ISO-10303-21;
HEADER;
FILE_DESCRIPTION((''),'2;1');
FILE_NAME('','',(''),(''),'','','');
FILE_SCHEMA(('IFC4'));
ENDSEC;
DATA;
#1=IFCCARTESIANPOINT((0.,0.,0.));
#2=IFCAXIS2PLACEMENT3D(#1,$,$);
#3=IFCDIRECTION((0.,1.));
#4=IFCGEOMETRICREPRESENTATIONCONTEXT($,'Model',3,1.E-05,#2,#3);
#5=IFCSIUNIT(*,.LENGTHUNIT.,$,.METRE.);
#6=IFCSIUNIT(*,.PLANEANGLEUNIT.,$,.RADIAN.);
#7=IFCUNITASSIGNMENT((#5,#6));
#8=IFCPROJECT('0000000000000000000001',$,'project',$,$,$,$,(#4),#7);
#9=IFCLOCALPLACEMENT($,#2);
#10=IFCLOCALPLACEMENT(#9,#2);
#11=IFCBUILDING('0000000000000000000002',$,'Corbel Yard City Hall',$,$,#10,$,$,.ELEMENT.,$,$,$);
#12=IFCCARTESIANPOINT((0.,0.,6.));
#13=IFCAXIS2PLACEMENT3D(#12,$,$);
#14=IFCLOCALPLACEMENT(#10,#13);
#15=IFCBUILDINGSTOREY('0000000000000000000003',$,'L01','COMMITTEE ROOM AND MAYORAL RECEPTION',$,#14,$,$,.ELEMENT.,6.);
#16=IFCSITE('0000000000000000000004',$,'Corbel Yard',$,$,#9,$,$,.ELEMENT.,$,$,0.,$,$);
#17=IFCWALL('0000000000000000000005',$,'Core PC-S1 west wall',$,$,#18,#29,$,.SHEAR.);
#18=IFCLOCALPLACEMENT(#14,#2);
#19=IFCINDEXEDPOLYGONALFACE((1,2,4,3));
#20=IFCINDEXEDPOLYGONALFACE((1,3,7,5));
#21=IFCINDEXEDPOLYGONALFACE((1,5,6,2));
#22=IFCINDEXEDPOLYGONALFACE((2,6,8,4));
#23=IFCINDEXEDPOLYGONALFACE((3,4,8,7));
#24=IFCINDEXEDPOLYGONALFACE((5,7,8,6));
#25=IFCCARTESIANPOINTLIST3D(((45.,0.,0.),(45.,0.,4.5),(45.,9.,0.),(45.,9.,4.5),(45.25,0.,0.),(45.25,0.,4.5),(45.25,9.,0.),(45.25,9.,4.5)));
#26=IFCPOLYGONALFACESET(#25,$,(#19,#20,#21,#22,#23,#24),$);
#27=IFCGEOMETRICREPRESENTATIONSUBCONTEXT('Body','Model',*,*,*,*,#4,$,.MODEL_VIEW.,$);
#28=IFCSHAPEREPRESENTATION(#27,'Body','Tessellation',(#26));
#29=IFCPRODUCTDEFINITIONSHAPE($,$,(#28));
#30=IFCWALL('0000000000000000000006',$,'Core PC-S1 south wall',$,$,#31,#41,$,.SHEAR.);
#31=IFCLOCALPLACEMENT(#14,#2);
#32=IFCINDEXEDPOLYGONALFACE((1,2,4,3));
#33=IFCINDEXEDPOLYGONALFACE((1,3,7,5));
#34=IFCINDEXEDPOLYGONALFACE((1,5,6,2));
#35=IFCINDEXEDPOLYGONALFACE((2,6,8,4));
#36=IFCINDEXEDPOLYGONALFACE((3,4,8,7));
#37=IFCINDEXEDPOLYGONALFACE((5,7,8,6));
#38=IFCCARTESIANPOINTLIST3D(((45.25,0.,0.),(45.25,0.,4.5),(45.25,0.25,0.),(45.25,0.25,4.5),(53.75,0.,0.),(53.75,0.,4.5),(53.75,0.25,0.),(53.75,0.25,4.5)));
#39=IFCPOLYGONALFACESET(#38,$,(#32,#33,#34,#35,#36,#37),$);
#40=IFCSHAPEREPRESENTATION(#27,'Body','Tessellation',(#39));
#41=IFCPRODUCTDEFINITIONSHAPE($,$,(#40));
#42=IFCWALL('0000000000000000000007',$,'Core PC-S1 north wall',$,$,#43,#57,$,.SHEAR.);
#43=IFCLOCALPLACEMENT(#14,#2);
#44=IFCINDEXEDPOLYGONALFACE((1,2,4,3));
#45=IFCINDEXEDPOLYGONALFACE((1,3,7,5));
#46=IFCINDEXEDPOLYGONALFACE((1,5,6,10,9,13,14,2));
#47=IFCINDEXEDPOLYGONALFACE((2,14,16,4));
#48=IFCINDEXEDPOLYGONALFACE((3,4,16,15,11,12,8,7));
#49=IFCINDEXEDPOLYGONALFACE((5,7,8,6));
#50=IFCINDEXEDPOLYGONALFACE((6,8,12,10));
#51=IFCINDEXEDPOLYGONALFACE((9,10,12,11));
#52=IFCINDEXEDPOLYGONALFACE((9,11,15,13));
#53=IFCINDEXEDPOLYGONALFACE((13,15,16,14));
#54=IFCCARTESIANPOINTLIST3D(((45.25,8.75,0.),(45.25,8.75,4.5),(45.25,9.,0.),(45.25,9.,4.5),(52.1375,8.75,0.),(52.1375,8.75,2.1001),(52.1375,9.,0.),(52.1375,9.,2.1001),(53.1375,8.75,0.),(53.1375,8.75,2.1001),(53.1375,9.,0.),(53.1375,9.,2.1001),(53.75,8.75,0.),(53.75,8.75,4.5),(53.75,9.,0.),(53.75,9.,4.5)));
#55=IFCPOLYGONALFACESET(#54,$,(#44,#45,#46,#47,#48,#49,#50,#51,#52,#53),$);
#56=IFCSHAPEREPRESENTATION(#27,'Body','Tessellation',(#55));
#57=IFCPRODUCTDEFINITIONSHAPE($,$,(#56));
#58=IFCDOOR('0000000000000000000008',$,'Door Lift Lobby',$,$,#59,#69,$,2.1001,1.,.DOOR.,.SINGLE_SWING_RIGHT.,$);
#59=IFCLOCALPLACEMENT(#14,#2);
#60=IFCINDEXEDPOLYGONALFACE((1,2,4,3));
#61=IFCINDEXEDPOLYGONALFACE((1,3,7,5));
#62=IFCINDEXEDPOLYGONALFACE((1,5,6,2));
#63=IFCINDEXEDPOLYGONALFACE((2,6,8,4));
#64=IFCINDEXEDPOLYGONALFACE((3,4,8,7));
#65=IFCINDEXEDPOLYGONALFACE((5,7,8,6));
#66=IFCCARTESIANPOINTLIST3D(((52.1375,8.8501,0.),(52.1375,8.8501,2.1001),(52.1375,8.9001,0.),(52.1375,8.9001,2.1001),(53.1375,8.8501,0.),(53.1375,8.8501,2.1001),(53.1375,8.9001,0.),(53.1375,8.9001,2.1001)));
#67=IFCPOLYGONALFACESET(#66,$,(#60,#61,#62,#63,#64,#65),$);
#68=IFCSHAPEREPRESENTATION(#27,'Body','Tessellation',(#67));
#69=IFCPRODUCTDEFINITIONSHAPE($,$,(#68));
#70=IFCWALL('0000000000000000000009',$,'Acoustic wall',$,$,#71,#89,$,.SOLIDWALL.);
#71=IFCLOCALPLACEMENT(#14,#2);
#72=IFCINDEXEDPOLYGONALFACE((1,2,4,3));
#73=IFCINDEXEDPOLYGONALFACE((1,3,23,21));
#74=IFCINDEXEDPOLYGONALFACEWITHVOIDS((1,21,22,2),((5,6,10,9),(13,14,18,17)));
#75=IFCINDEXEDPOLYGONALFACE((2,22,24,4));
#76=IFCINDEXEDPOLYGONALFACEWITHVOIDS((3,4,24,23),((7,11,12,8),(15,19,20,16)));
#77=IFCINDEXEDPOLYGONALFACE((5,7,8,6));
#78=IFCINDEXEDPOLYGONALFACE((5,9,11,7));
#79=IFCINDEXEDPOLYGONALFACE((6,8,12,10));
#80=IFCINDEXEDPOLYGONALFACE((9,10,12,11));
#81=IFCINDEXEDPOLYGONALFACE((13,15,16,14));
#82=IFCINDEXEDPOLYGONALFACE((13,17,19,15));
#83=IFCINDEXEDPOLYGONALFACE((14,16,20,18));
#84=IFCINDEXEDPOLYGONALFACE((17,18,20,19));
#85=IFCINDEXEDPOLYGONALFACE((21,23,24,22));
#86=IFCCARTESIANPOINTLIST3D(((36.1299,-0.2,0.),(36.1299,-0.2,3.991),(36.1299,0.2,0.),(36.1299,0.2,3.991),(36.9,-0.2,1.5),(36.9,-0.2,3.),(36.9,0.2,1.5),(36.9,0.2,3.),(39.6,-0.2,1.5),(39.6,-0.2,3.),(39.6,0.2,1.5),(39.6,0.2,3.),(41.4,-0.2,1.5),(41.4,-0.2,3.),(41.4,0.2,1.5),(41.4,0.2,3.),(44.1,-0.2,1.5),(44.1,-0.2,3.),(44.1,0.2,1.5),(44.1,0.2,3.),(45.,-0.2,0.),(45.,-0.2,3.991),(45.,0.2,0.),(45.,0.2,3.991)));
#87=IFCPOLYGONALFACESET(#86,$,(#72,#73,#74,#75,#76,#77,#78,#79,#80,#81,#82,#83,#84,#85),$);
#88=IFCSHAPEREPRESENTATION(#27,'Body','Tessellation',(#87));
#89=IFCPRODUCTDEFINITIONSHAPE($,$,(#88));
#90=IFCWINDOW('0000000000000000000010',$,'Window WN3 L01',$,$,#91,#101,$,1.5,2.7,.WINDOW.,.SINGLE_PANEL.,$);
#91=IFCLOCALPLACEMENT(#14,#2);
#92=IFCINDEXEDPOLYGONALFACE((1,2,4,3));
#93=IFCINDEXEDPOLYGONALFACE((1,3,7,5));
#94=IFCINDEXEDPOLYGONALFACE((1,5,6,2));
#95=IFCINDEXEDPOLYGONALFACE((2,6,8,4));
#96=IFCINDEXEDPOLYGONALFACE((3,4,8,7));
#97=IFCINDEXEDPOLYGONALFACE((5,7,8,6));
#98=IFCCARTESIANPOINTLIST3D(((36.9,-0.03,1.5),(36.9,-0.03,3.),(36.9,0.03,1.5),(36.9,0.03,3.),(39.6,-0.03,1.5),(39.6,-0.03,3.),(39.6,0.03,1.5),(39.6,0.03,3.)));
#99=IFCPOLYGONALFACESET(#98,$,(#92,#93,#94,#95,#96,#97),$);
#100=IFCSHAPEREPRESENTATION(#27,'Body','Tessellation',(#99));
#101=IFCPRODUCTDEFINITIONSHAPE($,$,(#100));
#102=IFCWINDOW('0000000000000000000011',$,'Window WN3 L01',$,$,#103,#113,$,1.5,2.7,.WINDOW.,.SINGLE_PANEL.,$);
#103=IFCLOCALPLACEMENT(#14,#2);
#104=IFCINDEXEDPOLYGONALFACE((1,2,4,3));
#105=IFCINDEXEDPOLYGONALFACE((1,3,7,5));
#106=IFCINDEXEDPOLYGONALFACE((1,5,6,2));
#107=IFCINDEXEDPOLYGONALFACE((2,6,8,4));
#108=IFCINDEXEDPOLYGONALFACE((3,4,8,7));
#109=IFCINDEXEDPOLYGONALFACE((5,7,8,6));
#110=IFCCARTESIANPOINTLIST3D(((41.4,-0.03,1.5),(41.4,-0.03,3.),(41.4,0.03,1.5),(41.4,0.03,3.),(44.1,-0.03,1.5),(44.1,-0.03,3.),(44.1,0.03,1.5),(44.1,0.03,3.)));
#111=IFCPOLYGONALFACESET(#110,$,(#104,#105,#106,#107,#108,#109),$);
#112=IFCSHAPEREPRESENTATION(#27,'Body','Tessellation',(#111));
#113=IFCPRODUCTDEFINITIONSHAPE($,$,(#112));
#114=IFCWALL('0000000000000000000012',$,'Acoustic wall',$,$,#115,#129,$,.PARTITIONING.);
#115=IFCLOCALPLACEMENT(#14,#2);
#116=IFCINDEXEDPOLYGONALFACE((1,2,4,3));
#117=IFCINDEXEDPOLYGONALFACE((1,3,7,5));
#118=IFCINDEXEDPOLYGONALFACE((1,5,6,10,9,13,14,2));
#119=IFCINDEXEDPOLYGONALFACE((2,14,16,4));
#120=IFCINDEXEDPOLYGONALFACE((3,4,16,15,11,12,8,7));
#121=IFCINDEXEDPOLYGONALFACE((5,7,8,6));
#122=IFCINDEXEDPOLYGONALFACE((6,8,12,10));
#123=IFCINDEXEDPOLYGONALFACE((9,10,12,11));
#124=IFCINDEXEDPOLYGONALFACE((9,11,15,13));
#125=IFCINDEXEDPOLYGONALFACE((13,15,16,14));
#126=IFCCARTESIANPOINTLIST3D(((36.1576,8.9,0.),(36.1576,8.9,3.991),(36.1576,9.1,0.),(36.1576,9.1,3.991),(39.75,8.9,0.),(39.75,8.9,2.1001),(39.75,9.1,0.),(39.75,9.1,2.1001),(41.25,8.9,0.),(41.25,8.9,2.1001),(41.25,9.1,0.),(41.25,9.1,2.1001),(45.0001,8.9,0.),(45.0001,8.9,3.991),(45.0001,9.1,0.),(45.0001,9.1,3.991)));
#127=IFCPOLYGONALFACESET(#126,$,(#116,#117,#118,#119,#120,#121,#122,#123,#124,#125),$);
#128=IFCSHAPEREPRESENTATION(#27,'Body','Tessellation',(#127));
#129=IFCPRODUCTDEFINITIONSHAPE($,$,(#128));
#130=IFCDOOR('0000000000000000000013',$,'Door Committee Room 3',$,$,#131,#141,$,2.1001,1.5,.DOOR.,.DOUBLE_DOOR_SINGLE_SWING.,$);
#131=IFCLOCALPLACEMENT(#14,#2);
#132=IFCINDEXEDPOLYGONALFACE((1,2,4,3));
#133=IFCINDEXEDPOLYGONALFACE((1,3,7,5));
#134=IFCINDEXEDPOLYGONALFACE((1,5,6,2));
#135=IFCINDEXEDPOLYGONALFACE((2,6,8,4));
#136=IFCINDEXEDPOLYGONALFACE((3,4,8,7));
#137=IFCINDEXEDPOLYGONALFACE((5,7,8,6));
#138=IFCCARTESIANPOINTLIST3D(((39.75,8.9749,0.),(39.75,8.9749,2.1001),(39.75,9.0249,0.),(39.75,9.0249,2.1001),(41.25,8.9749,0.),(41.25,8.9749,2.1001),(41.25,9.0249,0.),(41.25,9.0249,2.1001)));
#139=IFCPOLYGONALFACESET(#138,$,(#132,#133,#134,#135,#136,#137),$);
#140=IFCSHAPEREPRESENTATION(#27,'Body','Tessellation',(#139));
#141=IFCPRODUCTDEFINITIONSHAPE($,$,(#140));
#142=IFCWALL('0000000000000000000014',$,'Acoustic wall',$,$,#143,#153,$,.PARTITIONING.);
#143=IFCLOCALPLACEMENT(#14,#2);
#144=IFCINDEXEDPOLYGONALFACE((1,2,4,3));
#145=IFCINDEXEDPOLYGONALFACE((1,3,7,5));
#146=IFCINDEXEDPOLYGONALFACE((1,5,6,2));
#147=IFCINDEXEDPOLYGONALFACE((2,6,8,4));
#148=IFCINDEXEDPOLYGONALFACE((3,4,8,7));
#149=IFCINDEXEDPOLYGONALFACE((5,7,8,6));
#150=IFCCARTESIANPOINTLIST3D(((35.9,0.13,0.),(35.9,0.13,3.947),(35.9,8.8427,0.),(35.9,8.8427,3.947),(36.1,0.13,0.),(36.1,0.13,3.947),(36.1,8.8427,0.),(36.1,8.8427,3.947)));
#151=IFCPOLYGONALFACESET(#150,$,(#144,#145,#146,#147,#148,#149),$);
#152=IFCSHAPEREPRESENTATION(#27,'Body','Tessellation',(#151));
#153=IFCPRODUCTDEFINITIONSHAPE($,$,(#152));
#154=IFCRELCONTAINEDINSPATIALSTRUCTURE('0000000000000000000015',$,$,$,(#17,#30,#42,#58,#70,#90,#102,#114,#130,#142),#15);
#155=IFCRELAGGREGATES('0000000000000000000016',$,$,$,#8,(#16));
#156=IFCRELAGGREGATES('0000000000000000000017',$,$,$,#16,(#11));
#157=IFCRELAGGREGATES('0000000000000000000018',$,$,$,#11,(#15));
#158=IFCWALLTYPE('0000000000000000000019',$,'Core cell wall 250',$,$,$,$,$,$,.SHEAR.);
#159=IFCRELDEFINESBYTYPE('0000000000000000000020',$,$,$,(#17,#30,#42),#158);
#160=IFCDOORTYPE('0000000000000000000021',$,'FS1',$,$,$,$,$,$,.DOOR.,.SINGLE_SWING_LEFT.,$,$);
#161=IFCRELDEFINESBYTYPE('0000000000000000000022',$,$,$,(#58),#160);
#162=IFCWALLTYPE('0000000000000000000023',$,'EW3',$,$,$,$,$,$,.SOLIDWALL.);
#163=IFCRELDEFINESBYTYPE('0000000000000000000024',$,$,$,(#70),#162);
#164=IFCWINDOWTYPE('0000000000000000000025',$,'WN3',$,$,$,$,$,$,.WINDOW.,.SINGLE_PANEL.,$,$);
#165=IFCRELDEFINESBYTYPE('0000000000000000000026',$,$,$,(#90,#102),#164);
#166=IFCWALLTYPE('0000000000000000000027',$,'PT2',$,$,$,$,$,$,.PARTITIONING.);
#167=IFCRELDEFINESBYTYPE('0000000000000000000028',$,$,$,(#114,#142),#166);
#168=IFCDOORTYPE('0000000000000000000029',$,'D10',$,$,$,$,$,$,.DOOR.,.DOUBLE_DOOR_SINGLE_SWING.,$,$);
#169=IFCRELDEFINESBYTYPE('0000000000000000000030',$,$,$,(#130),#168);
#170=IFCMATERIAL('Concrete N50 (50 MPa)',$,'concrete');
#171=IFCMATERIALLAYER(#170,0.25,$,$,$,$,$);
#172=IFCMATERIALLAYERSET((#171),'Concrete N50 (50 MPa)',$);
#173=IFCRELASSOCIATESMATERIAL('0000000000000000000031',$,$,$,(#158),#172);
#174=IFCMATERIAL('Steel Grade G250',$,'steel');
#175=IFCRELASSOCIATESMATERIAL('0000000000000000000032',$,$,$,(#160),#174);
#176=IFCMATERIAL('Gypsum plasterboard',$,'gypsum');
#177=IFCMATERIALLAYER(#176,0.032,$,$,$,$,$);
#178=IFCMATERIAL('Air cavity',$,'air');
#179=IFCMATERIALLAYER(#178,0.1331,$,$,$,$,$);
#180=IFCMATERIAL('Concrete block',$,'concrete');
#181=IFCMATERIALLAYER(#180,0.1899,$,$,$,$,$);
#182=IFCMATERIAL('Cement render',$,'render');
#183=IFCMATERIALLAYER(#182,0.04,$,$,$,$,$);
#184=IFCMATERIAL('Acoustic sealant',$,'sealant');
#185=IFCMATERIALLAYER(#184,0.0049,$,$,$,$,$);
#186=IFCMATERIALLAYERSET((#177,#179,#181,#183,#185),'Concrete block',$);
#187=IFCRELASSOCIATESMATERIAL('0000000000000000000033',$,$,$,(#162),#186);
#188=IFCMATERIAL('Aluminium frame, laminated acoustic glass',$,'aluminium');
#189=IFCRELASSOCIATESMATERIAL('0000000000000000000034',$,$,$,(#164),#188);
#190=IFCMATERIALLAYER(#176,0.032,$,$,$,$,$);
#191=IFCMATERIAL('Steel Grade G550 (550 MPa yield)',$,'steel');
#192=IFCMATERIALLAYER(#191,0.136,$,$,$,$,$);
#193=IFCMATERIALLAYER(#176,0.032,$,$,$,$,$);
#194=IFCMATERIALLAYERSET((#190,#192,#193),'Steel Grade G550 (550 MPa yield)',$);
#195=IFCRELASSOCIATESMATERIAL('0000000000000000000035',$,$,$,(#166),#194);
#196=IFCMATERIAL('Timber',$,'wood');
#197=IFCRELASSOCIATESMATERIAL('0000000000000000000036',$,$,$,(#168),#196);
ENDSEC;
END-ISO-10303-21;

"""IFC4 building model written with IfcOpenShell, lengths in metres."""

from ifc_helpers import new_model, si_unit, direction, frame, frame_2d, origin, place, context, subcontext, project, spatial, rectangle, extrude, material, layer, layer_set, type_object, element, fill, save


model = new_model("IFC4")

# Units and contexts
model_context = context("Model", 3, precision=1e-05, world=origin(), true_north=direction((0.0, 1.0)))
body_context = subcontext(model_context, "Body", "Model", "MODEL_VIEW")
ifc_project = project(units=[si_unit("LENGTHUNIT", "METRE"), si_unit("PLANEANGLEUNIT", "RADIAN")], contexts=[model_context])

# Site, building, storey
site_placement = place(None, origin())
site = spatial("IfcSite", under=ifc_project, at=site_placement, Name="Corbel Yard", CompositionType="ELEMENT", RefElevation=0.0)
building_placement = place(site_placement, origin())
building = spatial("IfcBuilding", under=site, at=building_placement, Name="Corbel Yard City Hall", CompositionType="ELEMENT")
storey_placement = place(building_placement, frame((0.0, 0.0, 6.0)))
storey = spatial("IfcBuildingStorey", under=building, at=storey_placement, Name="L01", Description="COMMITTEE ROOM AND MAYORAL RECEPTION", CompositionType="ELEMENT", Elevation=6.0)

# Walls
ifc_material_1 = material(Name="Concrete N50 (50 MPa)", Category="concrete")
ifc_layer_1 = layer(ifc_material_1, 0.25)
ifc_layer_set_1 = layer_set([ifc_layer_1], Name="Concrete N50 (50 MPa)")
wall_type_1 = type_object("IfcWallType", Name="Core cell wall 250", PredefinedType="SHEAR", material=ifc_layer_set_1)
wall_1_placement = place(storey_placement, frame((45.125, 0.0, 0.0), z_axis=(0.0, 0.0, 1.0), x_axis=(0.0, 1.0, 0.0)))
element("IfcWall", 1, at=wall_1_placement, inside=storey, type_object=wall_type_1, Name="Core PC-S1 west wall", PredefinedType="SHEAR", context=body_context, shape_type="SweptSolid", body=[
    extrude(rectangle(XDim=9.0, YDim=0.25, at=frame_2d((4.5, 0.0))), origin(), (0.0, 0.0, 1.0), 4.5),
])
wall_2_placement = place(storey_placement, frame((45.25, 0.125, 0.0), z_axis=(0.0, 0.0, 1.0), x_axis=(1.0, 0.0, 0.0)))
element("IfcWall", 2, at=wall_2_placement, inside=storey, type_object=wall_type_1, Name="Core PC-S1 south wall", PredefinedType="SHEAR", context=body_context, shape_type="SweptSolid", body=[
    extrude(rectangle(XDim=8.5, YDim=0.25, at=frame_2d((4.25, 0.0))), origin(), (0.0, 0.0, 1.0), 4.5),
])

# Wall, opening, door
wall_3_placement = place(storey_placement, frame((45.25, 8.875, 0.0), z_axis=(0.0, 0.0, 1.0), x_axis=(1.0, 0.0, 0.0)))
wall_3 = element("IfcWall", 3, at=wall_3_placement, inside=storey, type_object=wall_type_1, Name="Core PC-S1 north wall", PredefinedType="SHEAR", context=body_context, shape_type="SweptSolid", body=[
    extrude(rectangle(XDim=8.5, YDim=0.25, at=frame_2d((4.25, 0.0))), origin(), (0.0, 0.0, 1.0), 4.5),
])
opening_1_placement = place(wall_3_placement, frame((6.8875, 0.0, 0.0)))
opening_1 = element("IfcOpeningElement", 4, at=opening_1_placement, cuts=wall_3, PredefinedType="OPENING", context=body_context, shape_type="SweptSolid", body=[
    extrude(rectangle(XDim=1.0, YDim=2.1001, at=frame_2d((0.5, 1.05))), frame((0.0, 0.135, 0.0), z_axis=(0.0, -1.0, 0.0), x_axis=(1.0, 0.0, 0.0)), (0.0, 0.0, 1.0), 0.27),
])
ifc_material_2 = material(Name="Steel Grade G250", Category="steel")
door_type_1 = type_object("IfcDoorType", Name="FS1", OperationType="SINGLE_SWING_LEFT", PredefinedType="DOOR", material=ifc_material_2)
door_1_placement = place(opening_1_placement, frame((1.0, 0.0, 0.0), z_axis=(0.0, 0.0, 1.0), x_axis=(-1.0, 0.0, 0.0)))
door_1 = element("IfcDoor", 5, at=door_1_placement, inside=storey, type_object=door_type_1, Name="Door Lift Lobby", OperationType="SINGLE_SWING_RIGHT", OverallHeight=2.1001, OverallWidth=1.0, PredefinedType="DOOR", context=body_context, shape_type="SweptSolid", body=[
    extrude(rectangle(XDim=1.0, YDim=2.1001, at=frame_2d((0.5, 1.05))), frame((0.0, 0.0249, 0.0), z_axis=(0.0, -1.0, 0.0), x_axis=(1.0, 0.0, 0.0)), (0.0, 0.0, 1.0), 0.05),
])
fill(opening_1, door_1)

# Wall, openings, windows
ifc_material_3 = material(Name="Gypsum plasterboard", Category="gypsum")
ifc_layer_2 = layer(ifc_material_3, 0.032)
ifc_material_4 = material(Name="Air cavity", Category="air")
ifc_layer_3 = layer(ifc_material_4, 0.1331)
ifc_material_5 = material(Name="Concrete block", Category="concrete")
ifc_layer_4 = layer(ifc_material_5, 0.1899)
ifc_material_6 = material(Name="Cement render", Category="render")
ifc_layer_5 = layer(ifc_material_6, 0.04)
ifc_material_7 = material(Name="Acoustic sealant", Category="sealant")
ifc_layer_6 = layer(ifc_material_7, 0.0049)
ifc_layer_set_2 = layer_set([ifc_layer_2, ifc_layer_3, ifc_layer_4, ifc_layer_5, ifc_layer_6], Name="Concrete block")
wall_type_2 = type_object("IfcWallType", Name="EW3", PredefinedType="SOLIDWALL", material=ifc_layer_set_2)
wall_4_placement = place(storey_placement, frame((36.1299, 0.0, 0.0), z_axis=(0.0, 0.0, 1.0), x_axis=(1.0, 0.0, 0.0)))
wall_4 = element("IfcWall", 6, at=wall_4_placement, inside=storey, type_object=wall_type_2, Name="Acoustic wall", PredefinedType="SOLIDWALL", context=body_context, shape_type="SweptSolid", body=[
    extrude(rectangle(XDim=8.8701, YDim=0.3999, at=frame_2d((4.4351, 0.0))), origin(), (0.0, 0.0, 1.0), 3.991),
])
opening_2_placement = place(wall_4_placement, frame((0.77, 0.0, 1.5)))
opening_2 = element("IfcOpeningElement", 7, at=opening_2_placement, cuts=wall_4, PredefinedType="OPENING", context=body_context, shape_type="SweptSolid", body=[
    extrude(rectangle(XDim=2.7, YDim=1.5, at=frame_2d((1.3501, 0.75))), frame((0.0, 0.21, 0.0), z_axis=(0.0, -1.0, 0.0), x_axis=(1.0, 0.0, 0.0)), (0.0, 0.0, 1.0), 0.4199),
])
opening_3_placement = place(wall_4_placement, frame((5.27, 0.0, 1.5)))
opening_3 = element("IfcOpeningElement", 8, at=opening_3_placement, cuts=wall_4, PredefinedType="OPENING", context=body_context, shape_type="SweptSolid", body=[
    extrude(rectangle(XDim=2.7, YDim=1.5, at=frame_2d((1.3501, 0.75))), frame((0.0, 0.21, 0.0), z_axis=(0.0, -1.0, 0.0), x_axis=(1.0, 0.0, 0.0)), (0.0, 0.0, 1.0), 0.4199),
])
ifc_material_8 = material(Name="Aluminium frame, laminated acoustic glass", Category="aluminium")
window_type = type_object("IfcWindowType", Name="WN3", PartitioningType="SINGLE_PANEL", PredefinedType="WINDOW", material=ifc_material_8)
window_1_placement = place(opening_2_placement, origin())
window_1 = element("IfcWindow", 9, at=window_1_placement, inside=storey, type_object=window_type, Name="Window WN3 L01", OverallHeight=1.5, OverallWidth=2.7, PartitioningType="SINGLE_PANEL", PredefinedType="WINDOW", context=body_context, shape_type="SweptSolid", body=[
    extrude(rectangle(XDim=2.7, YDim=1.5, at=frame_2d((1.3501, 0.75))), frame((0.0, 0.03, 0.0), z_axis=(0.0, -1.0, 0.0), x_axis=(1.0, 0.0, 0.0)), (0.0, 0.0, 1.0), 0.0601),
])
fill(opening_2, window_1)
window_2_placement = place(opening_3_placement, origin())
window_2 = element("IfcWindow", 10, at=window_2_placement, inside=storey, type_object=window_type, Name="Window WN3 L01", OverallHeight=1.5, OverallWidth=2.7, PartitioningType="SINGLE_PANEL", PredefinedType="WINDOW", context=body_context, shape_type="SweptSolid", body=[
    extrude(rectangle(XDim=2.7, YDim=1.5, at=frame_2d((1.3501, 0.75))), frame((0.0, 0.03, 0.0), z_axis=(0.0, -1.0, 0.0), x_axis=(1.0, 0.0, 0.0)), (0.0, 0.0, 1.0), 0.0601),
])
fill(opening_3, window_2)

# Wall, opening, door
ifc_layer_7 = layer(ifc_material_3, 0.032)
ifc_material_9 = material(Name="Steel Grade G550 (550 MPa yield)", Category="steel")
ifc_layer_8 = layer(ifc_material_9, 0.136)
ifc_layer_9 = layer(ifc_material_3, 0.032)
ifc_layer_set_3 = layer_set([ifc_layer_7, ifc_layer_8, ifc_layer_9], Name="Steel Grade G550 (550 MPa yield)")
wall_type_3 = type_object("IfcWallType", Name="PT2", PredefinedType="PARTITIONING", material=ifc_layer_set_3)
wall_5_placement = place(storey_placement, frame((36.1575, 9.0, 0.0), z_axis=(0.0, 0.0, 1.0), x_axis=(1.0, 0.0, 0.0)))
wall_5 = element("IfcWall", 11, at=wall_5_placement, inside=storey, type_object=wall_type_3, Name="Acoustic wall", PredefinedType="PARTITIONING", context=body_context, shape_type="SweptSolid", body=[
    extrude(rectangle(XDim=8.8425, YDim=0.2, at=frame_2d((4.4214, 0.0))), origin(), (0.0, 0.0, 1.0), 3.991),
])
opening_4_placement = place(wall_5_placement, frame((3.5925, 0.0, 0.0)))
opening_4 = element("IfcOpeningElement", 12, at=opening_4_placement, cuts=wall_5, PredefinedType="OPENING", context=body_context, shape_type="SweptSolid", body=[
    extrude(rectangle(XDim=1.5, YDim=2.1001, at=frame_2d((0.75, 1.05))), frame((0.0, 0.1099, 0.0), z_axis=(0.0, -1.0, 0.0), x_axis=(1.0, 0.0, 0.0)), (0.0, 0.0, 1.0), 0.22),
])
ifc_material_10 = material(Name="Timber", Category="wood")
door_type_2 = type_object("IfcDoorType", Name="D10", OperationType="DOUBLE_DOOR_SINGLE_SWING", PredefinedType="DOOR", material=ifc_material_10)
door_2_placement = place(opening_4_placement, origin())
door_2 = element("IfcDoor", 13, at=door_2_placement, inside=storey, type_object=door_type_2, Name="Door Committee Room 3", OperationType="DOUBLE_DOOR_SINGLE_SWING", OverallHeight=2.1001, OverallWidth=1.5, PredefinedType="DOOR", context=body_context, shape_type="SweptSolid", body=[
    extrude(rectangle(XDim=1.5, YDim=2.1001, at=frame_2d((0.75, 1.05))), frame((0.0, 0.0249, 0.0), z_axis=(0.0, -1.0, 0.0), x_axis=(1.0, 0.0, 0.0)), (0.0, 0.0, 1.0), 0.05),
])
fill(opening_4, door_2)

# Wall
wall_6_placement = place(storey_placement, frame((36.0, 0.1299, 0.0), z_axis=(0.0, 0.0, 1.0), x_axis=(0.0, 1.0, 0.0)))
element("IfcWall", 14, at=wall_6_placement, inside=storey, type_object=wall_type_3, Name="Acoustic wall", PredefinedType="PARTITIONING", context=body_context, shape_type="SweptSolid", body=[
    extrude(rectangle(XDim=8.7126, YDim=0.2, at=frame_2d((4.3564, 0.0))), origin(), (0.0, 0.0, 1.0), 3.947),
])

save(model, "model.ifc")
